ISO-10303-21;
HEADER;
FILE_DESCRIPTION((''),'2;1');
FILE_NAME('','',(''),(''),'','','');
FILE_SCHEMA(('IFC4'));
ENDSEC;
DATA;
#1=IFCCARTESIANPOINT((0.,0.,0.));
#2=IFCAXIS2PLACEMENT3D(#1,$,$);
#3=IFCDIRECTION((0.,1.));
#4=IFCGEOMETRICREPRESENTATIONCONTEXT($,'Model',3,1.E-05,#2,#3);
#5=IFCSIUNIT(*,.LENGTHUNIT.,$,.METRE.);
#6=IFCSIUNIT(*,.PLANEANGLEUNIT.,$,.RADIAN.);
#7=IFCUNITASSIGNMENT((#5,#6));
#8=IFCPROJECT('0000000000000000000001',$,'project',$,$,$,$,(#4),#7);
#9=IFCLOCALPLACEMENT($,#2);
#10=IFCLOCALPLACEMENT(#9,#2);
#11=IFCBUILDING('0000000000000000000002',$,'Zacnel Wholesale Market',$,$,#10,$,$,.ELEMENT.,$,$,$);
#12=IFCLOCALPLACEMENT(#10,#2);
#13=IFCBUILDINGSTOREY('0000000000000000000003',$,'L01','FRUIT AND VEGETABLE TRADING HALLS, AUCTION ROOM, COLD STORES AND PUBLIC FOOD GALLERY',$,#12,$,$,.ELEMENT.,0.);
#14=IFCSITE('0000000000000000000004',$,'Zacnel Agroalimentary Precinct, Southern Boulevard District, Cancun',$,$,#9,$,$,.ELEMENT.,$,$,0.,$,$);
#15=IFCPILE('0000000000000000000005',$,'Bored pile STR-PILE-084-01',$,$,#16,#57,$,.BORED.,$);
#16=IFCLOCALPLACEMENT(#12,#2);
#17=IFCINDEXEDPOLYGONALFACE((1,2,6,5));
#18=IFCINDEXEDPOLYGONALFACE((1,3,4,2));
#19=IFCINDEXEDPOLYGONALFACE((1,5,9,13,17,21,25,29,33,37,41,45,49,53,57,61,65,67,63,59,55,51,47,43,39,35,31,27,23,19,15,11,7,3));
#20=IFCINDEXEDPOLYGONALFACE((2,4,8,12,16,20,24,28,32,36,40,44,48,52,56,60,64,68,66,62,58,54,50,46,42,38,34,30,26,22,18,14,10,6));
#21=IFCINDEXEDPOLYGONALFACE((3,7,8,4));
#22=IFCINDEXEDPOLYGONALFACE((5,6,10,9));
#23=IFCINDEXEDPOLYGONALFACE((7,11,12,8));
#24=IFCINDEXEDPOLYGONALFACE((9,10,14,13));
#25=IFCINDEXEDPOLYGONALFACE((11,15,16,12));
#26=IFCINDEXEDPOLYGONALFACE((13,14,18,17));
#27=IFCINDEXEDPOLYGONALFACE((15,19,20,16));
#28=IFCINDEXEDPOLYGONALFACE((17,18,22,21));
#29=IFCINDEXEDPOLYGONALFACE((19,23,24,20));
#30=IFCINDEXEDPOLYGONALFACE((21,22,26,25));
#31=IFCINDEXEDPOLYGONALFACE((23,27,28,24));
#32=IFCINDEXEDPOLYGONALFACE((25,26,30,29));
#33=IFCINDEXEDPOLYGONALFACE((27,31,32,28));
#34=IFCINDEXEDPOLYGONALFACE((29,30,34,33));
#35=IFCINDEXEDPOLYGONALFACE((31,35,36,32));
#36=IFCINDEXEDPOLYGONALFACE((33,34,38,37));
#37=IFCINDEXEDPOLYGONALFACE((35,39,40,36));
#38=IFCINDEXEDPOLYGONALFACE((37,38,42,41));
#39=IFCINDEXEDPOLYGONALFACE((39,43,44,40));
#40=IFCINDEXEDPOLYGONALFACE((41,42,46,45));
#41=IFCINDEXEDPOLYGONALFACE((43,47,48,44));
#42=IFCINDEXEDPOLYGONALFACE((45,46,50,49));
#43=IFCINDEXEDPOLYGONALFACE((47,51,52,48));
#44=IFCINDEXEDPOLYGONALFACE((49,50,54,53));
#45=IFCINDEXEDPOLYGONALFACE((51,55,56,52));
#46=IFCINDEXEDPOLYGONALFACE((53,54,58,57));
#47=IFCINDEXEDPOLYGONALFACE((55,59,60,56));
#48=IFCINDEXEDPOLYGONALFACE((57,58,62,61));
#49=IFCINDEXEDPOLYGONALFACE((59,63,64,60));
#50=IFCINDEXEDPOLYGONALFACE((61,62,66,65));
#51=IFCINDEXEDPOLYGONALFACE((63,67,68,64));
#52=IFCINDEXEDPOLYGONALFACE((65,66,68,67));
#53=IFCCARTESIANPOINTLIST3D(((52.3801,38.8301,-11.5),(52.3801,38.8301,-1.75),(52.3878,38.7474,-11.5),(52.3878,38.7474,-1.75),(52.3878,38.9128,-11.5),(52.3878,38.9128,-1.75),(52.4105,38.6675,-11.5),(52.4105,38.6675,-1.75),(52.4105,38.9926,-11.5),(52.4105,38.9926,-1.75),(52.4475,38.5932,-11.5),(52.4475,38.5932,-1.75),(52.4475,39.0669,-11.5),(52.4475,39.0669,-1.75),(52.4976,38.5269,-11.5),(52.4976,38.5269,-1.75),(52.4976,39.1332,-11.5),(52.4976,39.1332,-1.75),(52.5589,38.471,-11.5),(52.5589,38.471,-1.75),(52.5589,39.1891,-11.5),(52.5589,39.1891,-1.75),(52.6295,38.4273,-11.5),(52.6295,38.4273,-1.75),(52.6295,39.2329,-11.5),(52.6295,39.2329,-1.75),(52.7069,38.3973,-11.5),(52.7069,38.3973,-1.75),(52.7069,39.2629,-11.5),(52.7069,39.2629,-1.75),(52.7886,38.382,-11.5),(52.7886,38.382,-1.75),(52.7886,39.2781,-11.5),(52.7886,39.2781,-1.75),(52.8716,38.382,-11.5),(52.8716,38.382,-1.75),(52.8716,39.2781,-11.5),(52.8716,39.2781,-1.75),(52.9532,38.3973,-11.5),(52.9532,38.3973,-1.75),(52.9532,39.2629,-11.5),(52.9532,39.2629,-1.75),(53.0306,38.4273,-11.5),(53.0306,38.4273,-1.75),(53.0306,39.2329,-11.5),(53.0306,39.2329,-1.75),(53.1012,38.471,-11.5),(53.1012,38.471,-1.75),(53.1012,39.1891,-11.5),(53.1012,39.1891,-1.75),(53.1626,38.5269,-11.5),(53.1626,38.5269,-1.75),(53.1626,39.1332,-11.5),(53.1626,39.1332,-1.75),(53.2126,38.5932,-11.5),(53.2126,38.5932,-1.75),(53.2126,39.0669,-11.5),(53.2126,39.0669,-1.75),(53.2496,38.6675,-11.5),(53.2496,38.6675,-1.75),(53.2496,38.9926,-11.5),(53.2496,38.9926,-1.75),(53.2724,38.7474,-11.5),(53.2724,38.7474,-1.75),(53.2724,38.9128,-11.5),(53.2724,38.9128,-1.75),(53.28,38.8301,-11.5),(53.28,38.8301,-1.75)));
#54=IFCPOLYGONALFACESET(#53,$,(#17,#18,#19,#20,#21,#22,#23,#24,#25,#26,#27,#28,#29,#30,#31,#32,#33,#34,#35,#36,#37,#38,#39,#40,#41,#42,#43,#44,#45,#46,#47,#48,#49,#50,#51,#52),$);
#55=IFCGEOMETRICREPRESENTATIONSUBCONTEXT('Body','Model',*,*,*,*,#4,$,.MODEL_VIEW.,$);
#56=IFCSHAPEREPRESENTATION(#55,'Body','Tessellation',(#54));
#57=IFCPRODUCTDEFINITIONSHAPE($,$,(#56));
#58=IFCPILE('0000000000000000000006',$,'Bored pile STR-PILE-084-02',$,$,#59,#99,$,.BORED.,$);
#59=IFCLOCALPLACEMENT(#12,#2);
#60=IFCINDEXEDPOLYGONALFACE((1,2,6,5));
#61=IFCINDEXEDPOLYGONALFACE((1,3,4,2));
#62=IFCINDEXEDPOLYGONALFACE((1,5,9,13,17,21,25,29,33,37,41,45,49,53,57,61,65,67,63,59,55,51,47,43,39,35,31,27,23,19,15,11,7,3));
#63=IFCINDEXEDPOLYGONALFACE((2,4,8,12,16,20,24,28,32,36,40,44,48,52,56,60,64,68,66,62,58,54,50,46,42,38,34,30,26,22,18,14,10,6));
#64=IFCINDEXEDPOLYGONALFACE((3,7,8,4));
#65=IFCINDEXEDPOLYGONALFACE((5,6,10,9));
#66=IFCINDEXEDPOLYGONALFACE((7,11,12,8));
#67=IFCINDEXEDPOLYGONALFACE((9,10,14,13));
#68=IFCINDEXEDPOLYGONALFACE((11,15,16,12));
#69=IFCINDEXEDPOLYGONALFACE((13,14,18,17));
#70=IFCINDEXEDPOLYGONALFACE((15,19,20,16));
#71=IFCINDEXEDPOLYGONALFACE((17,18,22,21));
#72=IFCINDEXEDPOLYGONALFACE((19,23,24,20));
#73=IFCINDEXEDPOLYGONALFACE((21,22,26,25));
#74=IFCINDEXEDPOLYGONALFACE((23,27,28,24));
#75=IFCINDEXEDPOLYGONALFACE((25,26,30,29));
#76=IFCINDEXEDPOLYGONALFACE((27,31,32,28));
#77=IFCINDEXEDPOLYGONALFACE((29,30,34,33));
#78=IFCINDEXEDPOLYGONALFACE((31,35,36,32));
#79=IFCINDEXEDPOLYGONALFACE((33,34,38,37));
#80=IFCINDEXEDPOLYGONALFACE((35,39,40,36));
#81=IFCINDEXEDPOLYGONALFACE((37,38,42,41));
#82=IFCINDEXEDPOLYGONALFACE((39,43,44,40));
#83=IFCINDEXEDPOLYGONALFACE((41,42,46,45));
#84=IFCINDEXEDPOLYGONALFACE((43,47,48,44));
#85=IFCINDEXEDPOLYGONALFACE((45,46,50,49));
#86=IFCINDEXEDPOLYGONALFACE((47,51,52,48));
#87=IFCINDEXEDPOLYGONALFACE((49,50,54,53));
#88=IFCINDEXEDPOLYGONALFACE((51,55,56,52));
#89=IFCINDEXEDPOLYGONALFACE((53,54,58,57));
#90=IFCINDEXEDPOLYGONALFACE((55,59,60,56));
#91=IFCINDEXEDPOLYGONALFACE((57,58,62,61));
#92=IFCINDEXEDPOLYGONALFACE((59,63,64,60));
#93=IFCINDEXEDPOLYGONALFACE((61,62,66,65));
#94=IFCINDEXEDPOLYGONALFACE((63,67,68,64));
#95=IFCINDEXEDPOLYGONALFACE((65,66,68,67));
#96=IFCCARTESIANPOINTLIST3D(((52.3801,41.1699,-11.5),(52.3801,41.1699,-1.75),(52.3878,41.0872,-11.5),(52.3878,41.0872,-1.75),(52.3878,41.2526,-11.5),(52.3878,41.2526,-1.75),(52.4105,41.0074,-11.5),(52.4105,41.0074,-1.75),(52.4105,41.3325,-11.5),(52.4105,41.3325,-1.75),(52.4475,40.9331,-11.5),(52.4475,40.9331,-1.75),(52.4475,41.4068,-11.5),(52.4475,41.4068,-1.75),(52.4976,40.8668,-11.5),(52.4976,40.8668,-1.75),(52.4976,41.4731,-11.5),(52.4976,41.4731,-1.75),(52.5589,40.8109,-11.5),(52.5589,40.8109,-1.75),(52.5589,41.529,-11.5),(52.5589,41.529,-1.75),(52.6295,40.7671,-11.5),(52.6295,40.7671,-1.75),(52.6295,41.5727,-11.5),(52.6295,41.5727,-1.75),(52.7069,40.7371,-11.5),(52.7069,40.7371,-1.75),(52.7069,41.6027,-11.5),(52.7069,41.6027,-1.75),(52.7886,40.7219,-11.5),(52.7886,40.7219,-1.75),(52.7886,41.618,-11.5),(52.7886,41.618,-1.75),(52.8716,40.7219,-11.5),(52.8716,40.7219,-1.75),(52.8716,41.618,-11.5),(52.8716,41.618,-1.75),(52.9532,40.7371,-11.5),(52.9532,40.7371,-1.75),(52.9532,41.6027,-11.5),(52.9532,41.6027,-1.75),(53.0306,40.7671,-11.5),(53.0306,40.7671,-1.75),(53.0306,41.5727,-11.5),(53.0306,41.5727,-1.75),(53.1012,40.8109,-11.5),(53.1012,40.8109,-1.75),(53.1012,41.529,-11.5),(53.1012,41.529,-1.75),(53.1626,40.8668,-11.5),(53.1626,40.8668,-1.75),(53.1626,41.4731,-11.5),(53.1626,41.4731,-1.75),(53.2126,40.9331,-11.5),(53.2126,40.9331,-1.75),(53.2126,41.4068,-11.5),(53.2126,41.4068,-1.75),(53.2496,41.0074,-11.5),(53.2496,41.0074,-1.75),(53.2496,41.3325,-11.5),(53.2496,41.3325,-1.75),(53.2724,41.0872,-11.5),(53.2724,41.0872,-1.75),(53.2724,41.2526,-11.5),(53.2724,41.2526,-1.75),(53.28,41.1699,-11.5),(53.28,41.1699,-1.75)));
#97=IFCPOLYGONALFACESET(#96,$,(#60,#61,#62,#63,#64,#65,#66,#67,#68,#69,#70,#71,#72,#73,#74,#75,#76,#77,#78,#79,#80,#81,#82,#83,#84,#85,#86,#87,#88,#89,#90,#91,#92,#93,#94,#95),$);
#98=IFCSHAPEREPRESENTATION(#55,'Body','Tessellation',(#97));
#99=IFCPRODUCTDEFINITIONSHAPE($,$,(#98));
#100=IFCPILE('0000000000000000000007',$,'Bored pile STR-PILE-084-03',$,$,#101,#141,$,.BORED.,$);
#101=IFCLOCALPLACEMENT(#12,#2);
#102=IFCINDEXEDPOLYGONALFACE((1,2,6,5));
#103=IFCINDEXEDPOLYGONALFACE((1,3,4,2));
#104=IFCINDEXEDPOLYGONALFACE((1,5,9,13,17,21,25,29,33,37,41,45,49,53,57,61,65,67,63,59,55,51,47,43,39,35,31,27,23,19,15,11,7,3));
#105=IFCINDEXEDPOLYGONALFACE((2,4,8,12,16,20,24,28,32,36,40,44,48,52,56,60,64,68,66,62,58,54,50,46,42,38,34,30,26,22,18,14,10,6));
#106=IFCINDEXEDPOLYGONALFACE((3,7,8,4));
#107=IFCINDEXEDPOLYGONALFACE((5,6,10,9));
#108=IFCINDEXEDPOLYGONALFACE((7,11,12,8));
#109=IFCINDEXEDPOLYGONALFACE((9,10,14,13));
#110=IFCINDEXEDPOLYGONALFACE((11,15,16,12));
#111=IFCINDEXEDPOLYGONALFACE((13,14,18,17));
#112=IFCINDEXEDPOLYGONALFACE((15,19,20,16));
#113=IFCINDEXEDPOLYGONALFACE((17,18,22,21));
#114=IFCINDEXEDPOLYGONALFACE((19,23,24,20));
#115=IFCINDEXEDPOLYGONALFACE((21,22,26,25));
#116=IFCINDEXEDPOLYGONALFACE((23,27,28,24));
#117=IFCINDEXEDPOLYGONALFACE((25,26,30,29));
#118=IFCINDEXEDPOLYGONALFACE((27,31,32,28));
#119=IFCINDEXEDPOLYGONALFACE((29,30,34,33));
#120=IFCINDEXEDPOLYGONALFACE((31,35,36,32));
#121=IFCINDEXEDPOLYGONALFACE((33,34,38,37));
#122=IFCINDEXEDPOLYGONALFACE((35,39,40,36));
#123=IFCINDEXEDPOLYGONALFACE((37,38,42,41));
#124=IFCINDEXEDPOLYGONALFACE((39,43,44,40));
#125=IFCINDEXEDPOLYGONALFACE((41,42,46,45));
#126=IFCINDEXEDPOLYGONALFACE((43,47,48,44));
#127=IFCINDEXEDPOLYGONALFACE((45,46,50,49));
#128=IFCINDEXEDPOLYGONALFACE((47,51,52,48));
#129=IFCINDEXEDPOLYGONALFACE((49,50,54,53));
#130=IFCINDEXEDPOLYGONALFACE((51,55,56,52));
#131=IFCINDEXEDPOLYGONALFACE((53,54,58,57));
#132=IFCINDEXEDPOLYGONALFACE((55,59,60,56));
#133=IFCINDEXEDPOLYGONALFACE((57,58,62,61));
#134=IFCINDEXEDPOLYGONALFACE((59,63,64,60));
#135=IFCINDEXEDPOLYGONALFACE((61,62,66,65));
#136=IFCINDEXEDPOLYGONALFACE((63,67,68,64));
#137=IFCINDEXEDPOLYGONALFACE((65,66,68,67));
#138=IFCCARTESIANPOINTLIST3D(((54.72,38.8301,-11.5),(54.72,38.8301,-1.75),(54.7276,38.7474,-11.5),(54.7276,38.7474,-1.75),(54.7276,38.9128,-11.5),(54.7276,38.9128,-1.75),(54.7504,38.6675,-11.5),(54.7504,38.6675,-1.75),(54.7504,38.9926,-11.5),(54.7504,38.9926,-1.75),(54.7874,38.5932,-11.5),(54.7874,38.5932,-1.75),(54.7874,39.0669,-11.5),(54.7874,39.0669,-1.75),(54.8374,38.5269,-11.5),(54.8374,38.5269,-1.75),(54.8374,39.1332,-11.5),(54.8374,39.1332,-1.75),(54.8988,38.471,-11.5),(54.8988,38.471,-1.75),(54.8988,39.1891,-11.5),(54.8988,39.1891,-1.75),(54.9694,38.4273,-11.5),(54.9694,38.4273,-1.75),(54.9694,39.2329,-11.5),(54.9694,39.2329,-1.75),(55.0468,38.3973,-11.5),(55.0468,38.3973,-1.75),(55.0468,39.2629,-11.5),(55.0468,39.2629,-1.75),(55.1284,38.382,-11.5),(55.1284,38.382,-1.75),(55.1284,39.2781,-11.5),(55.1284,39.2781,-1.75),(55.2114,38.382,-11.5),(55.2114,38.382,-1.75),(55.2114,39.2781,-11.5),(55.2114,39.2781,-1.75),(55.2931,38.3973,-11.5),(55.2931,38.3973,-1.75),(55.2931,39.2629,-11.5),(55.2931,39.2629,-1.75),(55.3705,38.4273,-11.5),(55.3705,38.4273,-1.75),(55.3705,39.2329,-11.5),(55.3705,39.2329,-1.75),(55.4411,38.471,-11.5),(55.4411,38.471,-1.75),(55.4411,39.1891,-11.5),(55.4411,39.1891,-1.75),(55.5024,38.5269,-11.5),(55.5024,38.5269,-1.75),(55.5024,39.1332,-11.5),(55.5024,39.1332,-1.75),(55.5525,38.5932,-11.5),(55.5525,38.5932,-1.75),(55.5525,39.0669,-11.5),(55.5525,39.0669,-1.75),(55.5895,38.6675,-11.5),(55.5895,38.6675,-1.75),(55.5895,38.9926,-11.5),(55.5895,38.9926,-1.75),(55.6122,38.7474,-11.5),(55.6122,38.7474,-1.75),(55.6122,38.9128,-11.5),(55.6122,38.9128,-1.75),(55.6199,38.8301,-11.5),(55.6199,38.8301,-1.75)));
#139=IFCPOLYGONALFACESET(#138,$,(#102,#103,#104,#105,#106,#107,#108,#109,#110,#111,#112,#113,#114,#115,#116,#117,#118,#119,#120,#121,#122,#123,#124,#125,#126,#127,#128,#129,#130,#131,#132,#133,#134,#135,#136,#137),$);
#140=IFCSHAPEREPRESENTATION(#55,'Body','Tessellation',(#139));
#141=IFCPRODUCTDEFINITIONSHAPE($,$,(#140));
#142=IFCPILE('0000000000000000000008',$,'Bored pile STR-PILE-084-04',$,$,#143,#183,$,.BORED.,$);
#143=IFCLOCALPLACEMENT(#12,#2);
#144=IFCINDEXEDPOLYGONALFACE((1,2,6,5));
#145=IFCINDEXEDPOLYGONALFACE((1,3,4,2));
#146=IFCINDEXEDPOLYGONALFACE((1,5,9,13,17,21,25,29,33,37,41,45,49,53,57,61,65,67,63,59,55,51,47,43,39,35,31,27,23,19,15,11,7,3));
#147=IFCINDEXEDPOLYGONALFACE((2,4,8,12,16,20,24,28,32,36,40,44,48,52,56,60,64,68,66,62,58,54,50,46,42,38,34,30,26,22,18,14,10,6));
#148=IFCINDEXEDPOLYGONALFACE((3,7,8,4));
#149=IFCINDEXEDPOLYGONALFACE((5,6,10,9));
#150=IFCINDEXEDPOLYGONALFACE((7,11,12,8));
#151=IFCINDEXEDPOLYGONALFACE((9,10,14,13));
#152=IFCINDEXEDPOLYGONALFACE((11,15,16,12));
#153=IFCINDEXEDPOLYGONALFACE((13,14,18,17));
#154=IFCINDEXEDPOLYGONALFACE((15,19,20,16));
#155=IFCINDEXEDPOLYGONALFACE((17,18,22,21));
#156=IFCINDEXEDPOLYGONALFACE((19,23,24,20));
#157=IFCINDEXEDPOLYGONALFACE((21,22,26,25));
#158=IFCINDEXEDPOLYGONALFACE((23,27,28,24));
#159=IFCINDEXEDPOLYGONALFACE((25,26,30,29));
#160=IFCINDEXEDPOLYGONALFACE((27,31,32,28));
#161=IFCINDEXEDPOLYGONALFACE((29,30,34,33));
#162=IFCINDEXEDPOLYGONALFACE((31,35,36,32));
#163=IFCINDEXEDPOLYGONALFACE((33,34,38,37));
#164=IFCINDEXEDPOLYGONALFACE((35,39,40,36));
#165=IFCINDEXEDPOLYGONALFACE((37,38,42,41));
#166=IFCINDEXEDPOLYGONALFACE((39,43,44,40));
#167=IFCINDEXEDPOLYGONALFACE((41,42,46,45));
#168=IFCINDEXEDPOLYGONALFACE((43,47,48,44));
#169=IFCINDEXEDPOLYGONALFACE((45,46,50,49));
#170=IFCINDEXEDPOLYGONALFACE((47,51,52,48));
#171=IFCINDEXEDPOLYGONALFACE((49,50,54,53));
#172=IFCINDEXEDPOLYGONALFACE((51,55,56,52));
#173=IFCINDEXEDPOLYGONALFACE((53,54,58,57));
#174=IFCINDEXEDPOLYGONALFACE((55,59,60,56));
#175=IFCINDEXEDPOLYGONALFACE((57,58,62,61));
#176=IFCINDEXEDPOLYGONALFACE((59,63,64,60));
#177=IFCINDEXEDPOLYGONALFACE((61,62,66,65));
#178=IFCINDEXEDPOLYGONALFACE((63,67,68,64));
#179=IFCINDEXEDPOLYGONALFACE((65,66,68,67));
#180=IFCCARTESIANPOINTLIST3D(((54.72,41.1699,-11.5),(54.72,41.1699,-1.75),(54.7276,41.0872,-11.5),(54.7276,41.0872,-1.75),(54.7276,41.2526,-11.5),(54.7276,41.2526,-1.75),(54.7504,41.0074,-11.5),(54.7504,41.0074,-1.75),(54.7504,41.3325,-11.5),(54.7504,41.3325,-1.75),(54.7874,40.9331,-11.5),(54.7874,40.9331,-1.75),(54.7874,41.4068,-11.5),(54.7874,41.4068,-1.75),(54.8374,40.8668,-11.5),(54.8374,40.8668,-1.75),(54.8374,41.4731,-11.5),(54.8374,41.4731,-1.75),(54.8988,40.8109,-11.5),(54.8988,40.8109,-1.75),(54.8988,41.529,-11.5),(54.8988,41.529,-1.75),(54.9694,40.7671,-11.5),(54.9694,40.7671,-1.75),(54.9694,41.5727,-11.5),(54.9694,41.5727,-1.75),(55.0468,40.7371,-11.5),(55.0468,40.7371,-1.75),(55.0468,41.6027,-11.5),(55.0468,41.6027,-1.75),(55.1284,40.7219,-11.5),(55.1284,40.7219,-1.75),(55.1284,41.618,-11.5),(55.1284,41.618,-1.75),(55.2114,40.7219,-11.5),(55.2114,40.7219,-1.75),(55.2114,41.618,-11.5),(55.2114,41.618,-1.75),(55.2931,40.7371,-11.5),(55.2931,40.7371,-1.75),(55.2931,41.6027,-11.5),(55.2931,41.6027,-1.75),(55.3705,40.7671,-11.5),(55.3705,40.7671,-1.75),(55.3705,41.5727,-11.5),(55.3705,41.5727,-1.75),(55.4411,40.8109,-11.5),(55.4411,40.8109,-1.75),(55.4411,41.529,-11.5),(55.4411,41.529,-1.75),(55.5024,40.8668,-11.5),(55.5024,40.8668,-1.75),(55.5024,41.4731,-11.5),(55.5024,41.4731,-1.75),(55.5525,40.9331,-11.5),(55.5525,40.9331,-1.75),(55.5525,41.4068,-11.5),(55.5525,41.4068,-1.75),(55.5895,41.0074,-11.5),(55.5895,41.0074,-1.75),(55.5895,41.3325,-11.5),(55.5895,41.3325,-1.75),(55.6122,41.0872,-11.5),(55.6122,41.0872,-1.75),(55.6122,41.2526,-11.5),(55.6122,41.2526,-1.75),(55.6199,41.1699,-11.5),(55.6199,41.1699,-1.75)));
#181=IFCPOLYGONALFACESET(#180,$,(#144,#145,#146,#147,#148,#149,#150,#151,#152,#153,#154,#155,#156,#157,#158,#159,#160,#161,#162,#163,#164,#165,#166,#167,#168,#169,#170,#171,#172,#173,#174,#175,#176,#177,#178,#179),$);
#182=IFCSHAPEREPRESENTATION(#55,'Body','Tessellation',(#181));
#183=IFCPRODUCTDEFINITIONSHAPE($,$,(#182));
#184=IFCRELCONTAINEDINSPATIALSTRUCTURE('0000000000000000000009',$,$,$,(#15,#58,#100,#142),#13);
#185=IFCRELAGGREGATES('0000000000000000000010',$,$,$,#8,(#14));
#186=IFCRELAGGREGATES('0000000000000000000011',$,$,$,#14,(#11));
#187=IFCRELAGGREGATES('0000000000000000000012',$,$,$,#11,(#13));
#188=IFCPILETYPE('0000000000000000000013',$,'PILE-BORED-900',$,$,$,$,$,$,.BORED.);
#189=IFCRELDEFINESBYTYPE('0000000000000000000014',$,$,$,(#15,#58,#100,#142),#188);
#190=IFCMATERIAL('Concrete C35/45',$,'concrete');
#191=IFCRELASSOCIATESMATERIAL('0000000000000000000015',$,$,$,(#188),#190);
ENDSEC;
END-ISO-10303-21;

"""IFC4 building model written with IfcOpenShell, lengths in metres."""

from ifc_helpers import new_model, si_unit, direction, frame, origin, origin_2d, place, context, subcontext, project, spatial, circle, extrude, material, material_profile, profile_set, type_object, element, save


model = new_model("IFC4")

# Units and contexts
model_context = context("Model", 3, precision=1e-05, world=origin(), true_north=direction((0.0, 1.0)))
body_context = subcontext(model_context, "Body", "Model", "MODEL_VIEW")
ifc_project = project(units=[si_unit("LENGTHUNIT", "METRE"), si_unit("PLANEANGLEUNIT", "RADIAN")], contexts=[model_context])

# Site, building, storey
site_placement = place(None, origin())
site = spatial("IfcSite", under=ifc_project, at=site_placement, Name="Zacnel Agroalimentary Precinct, Southern Boulevard District, Cancun", CompositionType="ELEMENT", RefElevation=0.0)
building_placement = place(site_placement, origin())
building = spatial("IfcBuilding", under=site, at=building_placement, Name="Zacnel Wholesale Market", CompositionType="ELEMENT")
storey_placement = place(building_placement, origin())
storey = spatial("IfcBuildingStorey", under=building, at=storey_placement, Name="L01", Description="FRUIT AND VEGETABLE TRADING HALLS, AUCTION ROOM, COLD STORES AND PUBLIC FOOD GALLERY", CompositionType="ELEMENT", Elevation=0.0)

# Piles
ifc_material_1 = material(Name="Concrete C35/45", Category="concrete")
ifc_material_profile_1 = material_profile(ifc_material_1, circle(Radius=0.45, at=origin_2d()), Name="BORED PILE D900")
ifc_profile_set_1 = profile_set([ifc_material_profile_1], Name="Concrete C35/45")
pile_type = type_object("IfcPileType", Name="PILE-BORED-900", PredefinedType="BORED", material=ifc_profile_set_1)
for number, where, z_axis, x_axis, name in (
    (1, (52.8301, 38.8301, -1.75), (0.0, 0.0, -1.0), (1.0, 0.0, 0.0), "Bored pile STR-PILE-084-01"),
    (2, (52.8301, 41.1699, -1.75), (0.0, 0.0, -1.0), (1.0, 0.0, 0.0), "Bored pile STR-PILE-084-02"),
    (3, (55.1699, 38.8301, -1.75), (0.0, 0.0, -1.0), (1.0, 0.0, 0.0), "Bored pile STR-PILE-084-03"),
    (4, (55.1699, 41.1699, -1.75), (0.0, 0.0, -1.0), (1.0, 0.0, 0.0), "Bored pile STR-PILE-084-04"),
):
    element("IfcPile", number, at=place(storey_placement, frame(where, z_axis=z_axis, x_axis=x_axis)), inside=storey, type_object=pile_type, Name=name, PredefinedType="BORED", context=body_context, shape_type="SweptSolid", body=[
        extrude(circle(Radius=0.45, at=origin_2d()), origin(), (0.0, 0.0, 1.0), 9.75),
    ])

save(model, "model.ifc")
